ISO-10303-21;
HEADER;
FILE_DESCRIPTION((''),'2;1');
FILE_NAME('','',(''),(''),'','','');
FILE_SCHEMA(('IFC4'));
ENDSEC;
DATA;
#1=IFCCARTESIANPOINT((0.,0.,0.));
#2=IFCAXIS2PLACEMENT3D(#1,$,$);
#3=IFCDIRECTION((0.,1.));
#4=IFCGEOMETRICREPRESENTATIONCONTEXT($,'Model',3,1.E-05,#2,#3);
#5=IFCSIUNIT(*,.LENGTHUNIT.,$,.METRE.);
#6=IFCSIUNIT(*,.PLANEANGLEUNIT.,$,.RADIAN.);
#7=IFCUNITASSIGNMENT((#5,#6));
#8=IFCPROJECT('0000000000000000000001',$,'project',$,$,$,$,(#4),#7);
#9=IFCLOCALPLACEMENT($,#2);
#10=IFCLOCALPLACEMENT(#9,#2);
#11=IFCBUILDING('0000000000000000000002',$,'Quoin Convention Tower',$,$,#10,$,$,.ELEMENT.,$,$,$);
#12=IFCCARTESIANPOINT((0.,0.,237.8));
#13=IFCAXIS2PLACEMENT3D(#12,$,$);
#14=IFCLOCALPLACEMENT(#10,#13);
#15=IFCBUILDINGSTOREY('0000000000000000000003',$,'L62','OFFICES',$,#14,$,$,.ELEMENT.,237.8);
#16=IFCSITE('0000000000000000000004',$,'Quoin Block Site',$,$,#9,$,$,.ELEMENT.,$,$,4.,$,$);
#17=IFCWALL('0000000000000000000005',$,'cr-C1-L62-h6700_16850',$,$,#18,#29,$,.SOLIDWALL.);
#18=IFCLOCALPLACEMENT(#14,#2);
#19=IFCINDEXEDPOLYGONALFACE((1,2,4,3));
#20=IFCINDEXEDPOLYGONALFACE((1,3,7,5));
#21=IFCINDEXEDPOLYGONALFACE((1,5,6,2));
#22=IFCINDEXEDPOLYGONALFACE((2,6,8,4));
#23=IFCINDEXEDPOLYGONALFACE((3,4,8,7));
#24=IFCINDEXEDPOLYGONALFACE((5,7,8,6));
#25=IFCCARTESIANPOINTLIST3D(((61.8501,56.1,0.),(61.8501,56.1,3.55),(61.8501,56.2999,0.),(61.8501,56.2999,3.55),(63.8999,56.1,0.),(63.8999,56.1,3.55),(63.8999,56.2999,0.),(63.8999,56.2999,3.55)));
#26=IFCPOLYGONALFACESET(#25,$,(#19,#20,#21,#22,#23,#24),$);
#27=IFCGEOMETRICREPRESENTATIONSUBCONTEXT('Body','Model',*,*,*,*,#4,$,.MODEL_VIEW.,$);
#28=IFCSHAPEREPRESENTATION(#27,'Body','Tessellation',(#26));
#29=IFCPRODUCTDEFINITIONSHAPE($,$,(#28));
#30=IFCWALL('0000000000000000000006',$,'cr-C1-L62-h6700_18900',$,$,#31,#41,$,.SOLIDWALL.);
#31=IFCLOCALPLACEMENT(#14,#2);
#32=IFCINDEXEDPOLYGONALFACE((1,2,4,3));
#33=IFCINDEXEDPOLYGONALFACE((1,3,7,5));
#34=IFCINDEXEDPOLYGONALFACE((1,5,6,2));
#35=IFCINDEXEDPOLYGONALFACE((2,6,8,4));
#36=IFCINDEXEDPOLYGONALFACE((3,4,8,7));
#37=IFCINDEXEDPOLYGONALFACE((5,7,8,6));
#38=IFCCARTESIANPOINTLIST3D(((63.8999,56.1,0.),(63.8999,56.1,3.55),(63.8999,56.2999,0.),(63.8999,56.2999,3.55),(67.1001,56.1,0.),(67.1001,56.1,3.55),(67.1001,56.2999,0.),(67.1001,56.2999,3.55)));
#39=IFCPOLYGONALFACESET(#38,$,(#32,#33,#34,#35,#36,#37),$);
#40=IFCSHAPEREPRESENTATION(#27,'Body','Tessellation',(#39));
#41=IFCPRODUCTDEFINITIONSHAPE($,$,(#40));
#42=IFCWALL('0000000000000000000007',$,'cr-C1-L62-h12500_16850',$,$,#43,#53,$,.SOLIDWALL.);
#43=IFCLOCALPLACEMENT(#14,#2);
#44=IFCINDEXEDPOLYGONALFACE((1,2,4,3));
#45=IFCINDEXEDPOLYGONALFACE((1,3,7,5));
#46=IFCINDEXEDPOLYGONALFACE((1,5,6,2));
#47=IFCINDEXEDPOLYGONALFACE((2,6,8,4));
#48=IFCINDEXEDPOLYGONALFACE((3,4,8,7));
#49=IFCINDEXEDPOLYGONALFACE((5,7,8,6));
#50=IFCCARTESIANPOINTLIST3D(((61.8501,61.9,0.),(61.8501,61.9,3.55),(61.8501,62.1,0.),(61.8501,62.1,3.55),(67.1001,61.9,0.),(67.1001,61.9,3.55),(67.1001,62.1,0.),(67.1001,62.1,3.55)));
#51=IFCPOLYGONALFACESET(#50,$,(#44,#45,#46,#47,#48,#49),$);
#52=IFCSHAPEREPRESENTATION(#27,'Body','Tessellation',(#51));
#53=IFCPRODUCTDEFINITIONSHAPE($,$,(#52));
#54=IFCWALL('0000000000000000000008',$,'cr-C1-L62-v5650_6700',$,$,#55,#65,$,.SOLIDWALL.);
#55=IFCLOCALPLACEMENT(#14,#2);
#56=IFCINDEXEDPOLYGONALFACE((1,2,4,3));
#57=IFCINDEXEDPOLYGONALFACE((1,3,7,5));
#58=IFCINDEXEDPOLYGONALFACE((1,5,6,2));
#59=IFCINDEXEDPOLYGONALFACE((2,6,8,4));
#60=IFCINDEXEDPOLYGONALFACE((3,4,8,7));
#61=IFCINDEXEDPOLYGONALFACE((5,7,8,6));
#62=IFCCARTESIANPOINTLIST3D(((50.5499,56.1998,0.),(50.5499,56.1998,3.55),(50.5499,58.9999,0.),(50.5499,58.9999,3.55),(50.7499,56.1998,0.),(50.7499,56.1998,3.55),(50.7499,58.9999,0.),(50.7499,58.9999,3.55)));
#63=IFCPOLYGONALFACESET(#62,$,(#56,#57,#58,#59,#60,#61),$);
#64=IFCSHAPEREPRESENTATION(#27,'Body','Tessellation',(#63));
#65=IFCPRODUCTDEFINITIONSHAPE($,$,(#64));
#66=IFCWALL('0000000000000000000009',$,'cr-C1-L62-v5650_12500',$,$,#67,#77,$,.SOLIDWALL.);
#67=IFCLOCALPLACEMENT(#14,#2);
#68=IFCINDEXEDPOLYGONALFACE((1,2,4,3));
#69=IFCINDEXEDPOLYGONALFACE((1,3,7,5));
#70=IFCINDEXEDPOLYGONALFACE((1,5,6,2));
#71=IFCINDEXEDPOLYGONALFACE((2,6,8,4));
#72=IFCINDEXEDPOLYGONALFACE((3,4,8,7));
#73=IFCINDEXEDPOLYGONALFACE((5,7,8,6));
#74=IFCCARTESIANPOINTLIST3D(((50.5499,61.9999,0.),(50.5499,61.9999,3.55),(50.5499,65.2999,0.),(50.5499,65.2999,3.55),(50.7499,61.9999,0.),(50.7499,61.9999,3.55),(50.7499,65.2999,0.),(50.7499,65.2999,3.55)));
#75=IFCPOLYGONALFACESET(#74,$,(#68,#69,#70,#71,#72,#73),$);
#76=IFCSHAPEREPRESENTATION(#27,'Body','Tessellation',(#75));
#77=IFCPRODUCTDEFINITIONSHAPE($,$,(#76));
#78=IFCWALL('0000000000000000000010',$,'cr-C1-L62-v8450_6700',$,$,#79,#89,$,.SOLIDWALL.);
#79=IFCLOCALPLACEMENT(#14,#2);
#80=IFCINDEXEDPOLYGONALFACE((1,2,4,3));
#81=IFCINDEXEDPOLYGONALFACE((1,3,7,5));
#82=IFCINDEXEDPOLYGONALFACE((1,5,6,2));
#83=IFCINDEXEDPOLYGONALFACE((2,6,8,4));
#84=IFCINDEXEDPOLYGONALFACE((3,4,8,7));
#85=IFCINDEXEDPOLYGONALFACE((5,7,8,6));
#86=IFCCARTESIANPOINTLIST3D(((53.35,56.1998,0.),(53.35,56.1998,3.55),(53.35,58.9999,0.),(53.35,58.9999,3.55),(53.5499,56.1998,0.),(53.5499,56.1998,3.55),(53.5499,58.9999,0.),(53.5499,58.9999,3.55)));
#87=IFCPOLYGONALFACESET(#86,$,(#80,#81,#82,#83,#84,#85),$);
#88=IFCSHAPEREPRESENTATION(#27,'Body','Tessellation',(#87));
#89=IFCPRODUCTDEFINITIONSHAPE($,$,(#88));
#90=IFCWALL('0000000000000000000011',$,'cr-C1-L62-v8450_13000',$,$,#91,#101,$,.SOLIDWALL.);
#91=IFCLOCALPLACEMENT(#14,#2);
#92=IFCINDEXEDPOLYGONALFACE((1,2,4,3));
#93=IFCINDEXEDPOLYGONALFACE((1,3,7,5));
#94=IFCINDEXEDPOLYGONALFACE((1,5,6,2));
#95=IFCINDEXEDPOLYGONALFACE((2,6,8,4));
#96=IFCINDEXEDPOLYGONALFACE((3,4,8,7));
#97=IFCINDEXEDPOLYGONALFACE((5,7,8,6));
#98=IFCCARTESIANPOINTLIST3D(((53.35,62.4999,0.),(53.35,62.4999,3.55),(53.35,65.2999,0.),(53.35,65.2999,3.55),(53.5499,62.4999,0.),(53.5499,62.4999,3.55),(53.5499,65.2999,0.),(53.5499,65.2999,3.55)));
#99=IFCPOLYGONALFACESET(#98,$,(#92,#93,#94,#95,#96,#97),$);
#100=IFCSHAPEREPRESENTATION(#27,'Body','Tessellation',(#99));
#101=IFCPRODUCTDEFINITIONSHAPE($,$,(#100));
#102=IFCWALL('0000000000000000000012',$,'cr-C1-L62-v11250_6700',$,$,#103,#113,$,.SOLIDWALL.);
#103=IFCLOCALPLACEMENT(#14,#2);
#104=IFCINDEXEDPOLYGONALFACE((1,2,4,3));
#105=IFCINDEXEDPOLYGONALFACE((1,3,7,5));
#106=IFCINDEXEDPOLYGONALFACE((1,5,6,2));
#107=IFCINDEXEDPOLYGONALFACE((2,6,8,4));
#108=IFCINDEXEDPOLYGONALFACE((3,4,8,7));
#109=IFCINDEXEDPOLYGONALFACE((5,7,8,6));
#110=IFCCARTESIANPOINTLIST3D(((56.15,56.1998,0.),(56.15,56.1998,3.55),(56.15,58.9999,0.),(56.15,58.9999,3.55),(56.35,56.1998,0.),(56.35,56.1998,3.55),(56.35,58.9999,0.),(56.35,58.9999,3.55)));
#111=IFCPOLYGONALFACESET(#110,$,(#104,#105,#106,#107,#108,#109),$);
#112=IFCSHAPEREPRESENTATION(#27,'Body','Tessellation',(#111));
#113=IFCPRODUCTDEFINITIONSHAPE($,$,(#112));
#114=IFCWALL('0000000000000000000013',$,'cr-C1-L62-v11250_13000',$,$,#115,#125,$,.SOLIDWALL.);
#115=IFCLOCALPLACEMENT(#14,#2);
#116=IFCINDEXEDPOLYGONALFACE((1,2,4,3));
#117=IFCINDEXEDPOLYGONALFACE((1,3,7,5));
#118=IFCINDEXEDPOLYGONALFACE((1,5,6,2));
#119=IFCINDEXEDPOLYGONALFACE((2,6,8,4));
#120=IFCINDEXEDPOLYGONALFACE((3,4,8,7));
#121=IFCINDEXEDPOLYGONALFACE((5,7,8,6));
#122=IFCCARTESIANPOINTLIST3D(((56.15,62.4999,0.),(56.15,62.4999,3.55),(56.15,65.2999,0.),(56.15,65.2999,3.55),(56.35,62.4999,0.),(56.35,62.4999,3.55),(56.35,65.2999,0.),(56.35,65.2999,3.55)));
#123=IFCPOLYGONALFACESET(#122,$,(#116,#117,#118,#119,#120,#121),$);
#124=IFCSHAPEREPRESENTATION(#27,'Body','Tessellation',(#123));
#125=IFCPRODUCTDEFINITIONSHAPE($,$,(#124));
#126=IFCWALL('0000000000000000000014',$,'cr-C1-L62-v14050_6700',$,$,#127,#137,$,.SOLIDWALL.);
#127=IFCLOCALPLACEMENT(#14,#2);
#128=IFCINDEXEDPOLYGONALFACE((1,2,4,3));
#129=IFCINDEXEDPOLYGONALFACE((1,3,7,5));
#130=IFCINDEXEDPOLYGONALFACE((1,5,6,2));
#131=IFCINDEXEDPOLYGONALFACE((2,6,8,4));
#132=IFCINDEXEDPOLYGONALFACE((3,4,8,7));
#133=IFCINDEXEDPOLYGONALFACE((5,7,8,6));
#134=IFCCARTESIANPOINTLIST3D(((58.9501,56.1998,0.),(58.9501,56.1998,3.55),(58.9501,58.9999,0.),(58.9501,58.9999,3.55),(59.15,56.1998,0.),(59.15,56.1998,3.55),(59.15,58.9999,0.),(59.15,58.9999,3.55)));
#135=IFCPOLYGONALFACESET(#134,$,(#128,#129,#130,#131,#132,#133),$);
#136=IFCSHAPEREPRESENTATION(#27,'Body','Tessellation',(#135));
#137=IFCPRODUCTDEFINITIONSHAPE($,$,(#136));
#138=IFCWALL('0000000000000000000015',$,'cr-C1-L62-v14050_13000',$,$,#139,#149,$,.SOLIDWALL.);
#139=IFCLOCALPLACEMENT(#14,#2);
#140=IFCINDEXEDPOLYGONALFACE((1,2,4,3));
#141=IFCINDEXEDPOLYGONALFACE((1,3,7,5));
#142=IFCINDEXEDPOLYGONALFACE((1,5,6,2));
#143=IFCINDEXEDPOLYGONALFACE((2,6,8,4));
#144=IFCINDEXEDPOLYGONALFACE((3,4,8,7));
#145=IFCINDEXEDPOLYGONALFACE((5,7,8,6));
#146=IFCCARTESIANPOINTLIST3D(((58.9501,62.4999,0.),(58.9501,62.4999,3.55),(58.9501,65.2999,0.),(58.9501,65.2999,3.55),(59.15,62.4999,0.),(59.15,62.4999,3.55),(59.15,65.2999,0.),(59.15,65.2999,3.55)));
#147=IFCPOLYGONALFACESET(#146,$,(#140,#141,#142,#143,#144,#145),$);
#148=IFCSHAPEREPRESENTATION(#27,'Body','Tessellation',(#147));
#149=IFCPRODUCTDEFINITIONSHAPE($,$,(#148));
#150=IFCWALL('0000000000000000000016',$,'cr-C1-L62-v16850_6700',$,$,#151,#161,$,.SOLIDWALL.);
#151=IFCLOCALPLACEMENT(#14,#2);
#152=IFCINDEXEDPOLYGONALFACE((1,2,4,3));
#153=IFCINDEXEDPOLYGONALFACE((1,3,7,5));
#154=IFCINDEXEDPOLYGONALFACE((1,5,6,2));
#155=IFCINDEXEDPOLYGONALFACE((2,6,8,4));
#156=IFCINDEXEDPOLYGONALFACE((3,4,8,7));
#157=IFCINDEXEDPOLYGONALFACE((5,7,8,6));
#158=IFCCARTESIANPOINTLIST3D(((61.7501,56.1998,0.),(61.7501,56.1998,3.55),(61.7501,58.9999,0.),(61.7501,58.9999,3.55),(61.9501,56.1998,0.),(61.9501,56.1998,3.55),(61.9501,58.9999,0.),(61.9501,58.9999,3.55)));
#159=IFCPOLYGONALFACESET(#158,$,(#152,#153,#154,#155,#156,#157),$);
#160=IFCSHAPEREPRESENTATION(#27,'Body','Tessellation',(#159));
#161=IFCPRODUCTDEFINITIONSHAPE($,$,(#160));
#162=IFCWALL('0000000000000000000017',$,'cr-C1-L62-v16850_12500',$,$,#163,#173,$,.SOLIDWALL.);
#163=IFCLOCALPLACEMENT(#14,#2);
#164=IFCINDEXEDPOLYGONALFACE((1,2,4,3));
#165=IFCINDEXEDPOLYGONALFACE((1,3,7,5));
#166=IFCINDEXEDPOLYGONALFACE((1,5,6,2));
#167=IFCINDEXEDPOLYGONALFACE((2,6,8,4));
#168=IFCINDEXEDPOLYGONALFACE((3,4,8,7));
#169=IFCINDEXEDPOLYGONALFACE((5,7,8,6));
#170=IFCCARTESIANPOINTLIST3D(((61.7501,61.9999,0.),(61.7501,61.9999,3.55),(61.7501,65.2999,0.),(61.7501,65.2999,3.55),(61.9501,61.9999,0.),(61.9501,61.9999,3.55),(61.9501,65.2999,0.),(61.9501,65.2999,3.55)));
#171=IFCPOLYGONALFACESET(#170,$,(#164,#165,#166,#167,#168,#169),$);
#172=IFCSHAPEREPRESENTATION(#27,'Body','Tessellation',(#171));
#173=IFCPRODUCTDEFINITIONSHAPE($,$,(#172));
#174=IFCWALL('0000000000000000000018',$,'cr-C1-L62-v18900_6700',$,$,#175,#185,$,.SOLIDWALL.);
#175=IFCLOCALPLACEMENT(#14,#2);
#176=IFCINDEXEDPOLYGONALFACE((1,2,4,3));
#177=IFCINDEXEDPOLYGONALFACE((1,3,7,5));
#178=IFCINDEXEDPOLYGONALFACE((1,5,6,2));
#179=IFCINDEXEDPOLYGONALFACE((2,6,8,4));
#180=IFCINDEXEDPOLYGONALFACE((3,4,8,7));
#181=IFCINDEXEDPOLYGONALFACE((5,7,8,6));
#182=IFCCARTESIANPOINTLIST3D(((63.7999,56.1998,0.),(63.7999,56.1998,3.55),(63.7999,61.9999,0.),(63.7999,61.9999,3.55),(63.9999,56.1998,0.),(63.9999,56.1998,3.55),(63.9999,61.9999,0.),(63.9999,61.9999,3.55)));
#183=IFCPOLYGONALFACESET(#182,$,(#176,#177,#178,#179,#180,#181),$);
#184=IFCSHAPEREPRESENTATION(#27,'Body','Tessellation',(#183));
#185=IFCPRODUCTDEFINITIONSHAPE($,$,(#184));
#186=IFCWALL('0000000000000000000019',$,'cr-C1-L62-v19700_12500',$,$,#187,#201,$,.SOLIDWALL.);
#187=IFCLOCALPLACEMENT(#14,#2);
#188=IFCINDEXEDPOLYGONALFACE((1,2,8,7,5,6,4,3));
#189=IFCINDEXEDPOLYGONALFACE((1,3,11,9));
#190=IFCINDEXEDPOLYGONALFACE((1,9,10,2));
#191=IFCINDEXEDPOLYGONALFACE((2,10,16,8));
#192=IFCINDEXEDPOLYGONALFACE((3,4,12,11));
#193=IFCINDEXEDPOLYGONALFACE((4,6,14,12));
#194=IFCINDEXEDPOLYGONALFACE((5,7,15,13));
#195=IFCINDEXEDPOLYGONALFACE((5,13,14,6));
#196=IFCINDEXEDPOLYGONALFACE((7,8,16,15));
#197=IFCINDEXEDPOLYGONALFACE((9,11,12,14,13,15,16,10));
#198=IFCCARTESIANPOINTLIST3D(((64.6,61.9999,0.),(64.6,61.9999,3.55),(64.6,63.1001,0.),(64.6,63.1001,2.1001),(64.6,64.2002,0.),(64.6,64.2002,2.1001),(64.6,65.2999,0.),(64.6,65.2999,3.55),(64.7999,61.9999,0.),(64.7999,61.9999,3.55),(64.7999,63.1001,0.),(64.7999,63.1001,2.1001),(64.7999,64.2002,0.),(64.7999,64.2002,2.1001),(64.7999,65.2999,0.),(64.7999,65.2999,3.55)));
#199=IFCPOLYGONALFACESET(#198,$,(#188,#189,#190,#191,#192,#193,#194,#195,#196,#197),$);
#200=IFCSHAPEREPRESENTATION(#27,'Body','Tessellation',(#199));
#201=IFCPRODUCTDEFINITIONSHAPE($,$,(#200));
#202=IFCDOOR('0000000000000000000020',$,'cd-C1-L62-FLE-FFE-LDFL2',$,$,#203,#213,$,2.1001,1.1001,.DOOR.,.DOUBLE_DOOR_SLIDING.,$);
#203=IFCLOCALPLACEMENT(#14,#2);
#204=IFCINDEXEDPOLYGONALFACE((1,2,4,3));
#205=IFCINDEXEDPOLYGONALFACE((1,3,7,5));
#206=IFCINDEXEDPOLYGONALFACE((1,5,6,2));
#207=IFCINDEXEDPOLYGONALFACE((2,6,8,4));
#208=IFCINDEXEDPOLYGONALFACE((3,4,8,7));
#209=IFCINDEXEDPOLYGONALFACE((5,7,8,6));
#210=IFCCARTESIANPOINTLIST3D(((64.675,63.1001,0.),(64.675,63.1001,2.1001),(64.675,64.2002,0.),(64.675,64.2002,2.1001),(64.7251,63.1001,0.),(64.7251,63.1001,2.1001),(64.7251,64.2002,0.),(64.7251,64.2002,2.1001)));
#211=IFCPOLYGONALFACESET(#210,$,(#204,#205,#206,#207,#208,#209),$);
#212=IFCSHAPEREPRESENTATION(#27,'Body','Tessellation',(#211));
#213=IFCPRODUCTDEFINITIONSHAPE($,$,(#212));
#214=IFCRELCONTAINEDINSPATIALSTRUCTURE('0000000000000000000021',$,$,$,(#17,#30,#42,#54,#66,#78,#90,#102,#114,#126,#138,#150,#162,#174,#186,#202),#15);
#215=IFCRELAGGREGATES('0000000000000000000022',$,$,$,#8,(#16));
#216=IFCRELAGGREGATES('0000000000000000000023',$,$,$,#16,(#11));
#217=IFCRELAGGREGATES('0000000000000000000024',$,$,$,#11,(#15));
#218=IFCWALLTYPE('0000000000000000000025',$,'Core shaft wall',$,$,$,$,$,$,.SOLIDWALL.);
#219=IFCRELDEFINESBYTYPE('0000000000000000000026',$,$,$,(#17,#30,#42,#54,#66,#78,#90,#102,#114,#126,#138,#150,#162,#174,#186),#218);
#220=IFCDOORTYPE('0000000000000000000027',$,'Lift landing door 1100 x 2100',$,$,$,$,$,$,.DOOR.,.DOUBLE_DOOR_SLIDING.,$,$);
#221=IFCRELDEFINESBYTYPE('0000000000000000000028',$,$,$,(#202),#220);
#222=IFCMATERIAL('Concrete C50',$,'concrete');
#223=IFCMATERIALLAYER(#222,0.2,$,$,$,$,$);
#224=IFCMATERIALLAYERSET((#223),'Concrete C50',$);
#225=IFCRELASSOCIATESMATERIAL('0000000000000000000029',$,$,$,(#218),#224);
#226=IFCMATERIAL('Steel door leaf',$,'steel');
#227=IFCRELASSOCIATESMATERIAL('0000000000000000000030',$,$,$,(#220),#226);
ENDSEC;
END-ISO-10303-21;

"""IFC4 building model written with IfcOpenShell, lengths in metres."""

from ifc_helpers import new_model, si_unit, direction, frame, frame_2d, origin, place, context, subcontext, project, spatial, rectangle, extrude, material, layer, layer_set, type_object, element, fill, save


model = new_model("IFC4")

# Units and contexts
model_context = context("Model", 3, precision=1e-05, world=origin(), true_north=direction((0.0, 1.0)))
body_context = subcontext(model_context, "Body", "Model", "MODEL_VIEW")
ifc_project = project(units=[si_unit("LENGTHUNIT", "METRE"), si_unit("PLANEANGLEUNIT", "RADIAN")], contexts=[model_context])

# Site, building, storey
site_placement = place(None, origin())
site = spatial("IfcSite", under=ifc_project, at=site_placement, Name="Quoin Block Site", CompositionType="ELEMENT", RefElevation=4.0)
building_placement = place(site_placement, origin())
building = spatial("IfcBuilding", under=site, at=building_placement, Name="Quoin Convention Tower", CompositionType="ELEMENT")
storey_placement = place(building_placement, frame((0.0, 0.0, 237.8)))
storey = spatial("IfcBuildingStorey", under=building, at=storey_placement, Name="L62", Description="OFFICES", CompositionType="ELEMENT", Elevation=237.8)

# Walls
ifc_material_1 = material(Name="Concrete C50", Category="concrete")
ifc_layer_1 = layer(ifc_material_1, 0.2)
ifc_layer_set_1 = layer_set([ifc_layer_1], Name="Concrete C50")
wall_type_1 = type_object("IfcWallType", Name="Core shaft wall", PredefinedType="SOLIDWALL", material=ifc_layer_set_1)
wall_1_placement = place(storey_placement, frame((61.8501, 56.2, 0.0), z_axis=(0.0, 0.0, 1.0), x_axis=(1.0, 0.0, 0.0)))
element("IfcWall", 1, at=wall_1_placement, inside=storey, type_object=wall_type_1, Name="cr-C1-L62-h6700_16850", PredefinedType="SOLIDWALL", context=body_context, shape_type="SweptSolid", body=[
    extrude(rectangle(XDim=2.0498, YDim=0.2, at=frame_2d((1.0249, 0.0))), origin(), (0.0, 0.0, 1.0), 3.55),
])
wall_2_placement = place(storey_placement, frame((63.8999, 56.2, 0.0), z_axis=(0.0, 0.0, 1.0), x_axis=(1.0, 0.0, 0.0)))
element("IfcWall", 2, at=wall_2_placement, inside=storey, type_object=wall_type_1, Name="cr-C1-L62-h6700_18900", PredefinedType="SOLIDWALL", context=body_context, shape_type="SweptSolid", body=[
    extrude(rectangle(XDim=3.2002, YDim=0.2, at=frame_2d((1.6001, 0.0))), origin(), (0.0, 0.0, 1.0), 3.55),
])
wall_3_placement = place(storey_placement, frame((61.8501, 62.0, 0.0), z_axis=(0.0, 0.0, 1.0), x_axis=(1.0, 0.0, 0.0)))
element("IfcWall", 3, at=wall_3_placement, inside=storey, type_object=wall_type_1, Name="cr-C1-L62-h12500_16850", PredefinedType="SOLIDWALL", context=body_context, shape_type="SweptSolid", body=[
    extrude(rectangle(XDim=5.25, YDim=0.2, at=frame_2d((2.625, 0.0))), origin(), (0.0, 0.0, 1.0), 3.55),
])
wall_4_placement = place(storey_placement, frame((50.6499, 56.2, 0.0), z_axis=(0.0, 0.0, 1.0), x_axis=(0.0, 1.0, 0.0)))
element("IfcWall", 4, at=wall_4_placement, inside=storey, type_object=wall_type_1, Name="cr-C1-L62-v5650_6700", PredefinedType="SOLIDWALL", context=body_context, shape_type="SweptSolid", body=[
    extrude(rectangle(XDim=2.8, YDim=0.2, at=frame_2d((1.3999, 0.0))), origin(), (0.0, 0.0, 1.0), 3.55),
])
wall_5_placement = place(storey_placement, frame((50.6499, 62.0, 0.0), z_axis=(0.0, 0.0, 1.0), x_axis=(0.0, 1.0, 0.0)))
element("IfcWall", 5, at=wall_5_placement, inside=storey, type_object=wall_type_1, Name="cr-C1-L62-v5650_12500", PredefinedType="SOLIDWALL", context=body_context, shape_type="SweptSolid", body=[
    extrude(rectangle(XDim=3.3, YDim=0.2, at=frame_2d((1.6499, 0.0))), origin(), (0.0, 0.0, 1.0), 3.55),
])
for number, where, z_axis, x_axis, name in (
    (6, (53.45, 56.2, 0.0), (0.0, 0.0, 1.0), (0.0, 1.0, 0.0), "cr-C1-L62-v8450_6700"),
    (7, (53.45, 62.5, 0.0), (0.0, 0.0, 1.0), (0.0, 1.0, 0.0), "cr-C1-L62-v8450_13000"),
    (8, (56.25, 56.2, 0.0), (0.0, 0.0, 1.0), (0.0, 1.0, 0.0), "cr-C1-L62-v11250_6700"),
    (9, (56.25, 62.5, 0.0), (0.0, 0.0, 1.0), (0.0, 1.0, 0.0), "cr-C1-L62-v11250_13000"),
    (10, (59.05, 56.2, 0.0), (0.0, 0.0, 1.0), (0.0, 1.0, 0.0), "cr-C1-L62-v14050_6700"),
    (11, (59.05, 62.5, 0.0), (0.0, 0.0, 1.0), (0.0, 1.0, 0.0), "cr-C1-L62-v14050_13000"),
    (12, (61.8501, 56.2, 0.0), (0.0, 0.0, 1.0), (0.0, 1.0, 0.0), "cr-C1-L62-v16850_6700"),
):
    element("IfcWall", number, at=place(storey_placement, frame(where, z_axis=z_axis, x_axis=x_axis)), inside=storey, type_object=wall_type_1, Name=name, PredefinedType="SOLIDWALL", context=body_context, shape_type="SweptSolid", body=[
        extrude(rectangle(XDim=2.8, YDim=0.2, at=frame_2d((1.3999, 0.0))), origin(), (0.0, 0.0, 1.0), 3.55),
    ])
wall_6_placement = place(storey_placement, frame((61.8501, 62.0, 0.0), z_axis=(0.0, 0.0, 1.0), x_axis=(0.0, 1.0, 0.0)))
element("IfcWall", 13, at=wall_6_placement, inside=storey, type_object=wall_type_1, Name="cr-C1-L62-v16850_12500", PredefinedType="SOLIDWALL", context=body_context, shape_type="SweptSolid", body=[
    extrude(rectangle(XDim=3.3, YDim=0.2, at=frame_2d((1.6499, 0.0))), origin(), (0.0, 0.0, 1.0), 3.55),
])
wall_7_placement = place(storey_placement, frame((63.8999, 56.2, 0.0), z_axis=(0.0, 0.0, 1.0), x_axis=(0.0, 1.0, 0.0)))
element("IfcWall", 14, at=wall_7_placement, inside=storey, type_object=wall_type_1, Name="cr-C1-L62-v18900_6700", PredefinedType="SOLIDWALL", context=body_context, shape_type="SweptSolid", body=[
    extrude(rectangle(XDim=5.8, YDim=0.2, at=frame_2d((2.8999, 0.0))), origin(), (0.0, 0.0, 1.0), 3.55),
])

# Wall, opening, door
wall_8_placement = place(storey_placement, frame((64.7, 62.0, 0.0), z_axis=(0.0, 0.0, 1.0), x_axis=(0.0, 1.0, 0.0)))
wall_8 = element("IfcWall", 15, at=wall_8_placement, inside=storey, type_object=wall_type_1, Name="cr-C1-L62-v19700_12500", PredefinedType="SOLIDWALL", context=body_context, shape_type="SweptSolid", body=[
    extrude(rectangle(XDim=3.3, YDim=0.2, at=frame_2d((1.6499, 0.0))), origin(), (0.0, 0.0, 1.0), 3.55),
])
opening_placement = place(wall_8_placement, frame((1.1001, 0.0, 0.0)))
opening = element("IfcOpeningElement", 16, at=opening_placement, cuts=wall_8, PredefinedType="OPENING", context=body_context, shape_type="SweptSolid", body=[
    extrude(rectangle(XDim=1.1001, YDim=2.1001, at=frame_2d((0.55, 1.05))), frame((0.0, 0.1099, 0.0), z_axis=(0.0, -1.0, 0.0), x_axis=(1.0, 0.0, 0.0)), (0.0, 0.0, 1.0), 0.22),
])
ifc_material_2 = material(Name="Steel door leaf", Category="steel")
door_type = type_object("IfcDoorType", Name="Lift landing door 1100 x 2100", OperationType="DOUBLE_DOOR_SLIDING", PredefinedType="DOOR", material=ifc_material_2)
door_placement = place(opening_placement, origin())
door = element("IfcDoor", 17, at=door_placement, inside=storey, type_object=door_type, Name="cd-C1-L62-FLE-FFE-LDFL2", OperationType="DOUBLE_DOOR_SLIDING", OverallHeight=2.1001, OverallWidth=1.1001, PredefinedType="DOOR", context=body_context, shape_type="SweptSolid", body=[
    extrude(rectangle(XDim=1.1001, YDim=2.1001, at=frame_2d((0.55, 1.05))), frame((0.0, 0.0249, 0.0), z_axis=(0.0, -1.0, 0.0), x_axis=(1.0, 0.0, 0.0)), (0.0, 0.0, 1.0), 0.05),
])
fill(opening, door)

save(model, "model.ifc")
